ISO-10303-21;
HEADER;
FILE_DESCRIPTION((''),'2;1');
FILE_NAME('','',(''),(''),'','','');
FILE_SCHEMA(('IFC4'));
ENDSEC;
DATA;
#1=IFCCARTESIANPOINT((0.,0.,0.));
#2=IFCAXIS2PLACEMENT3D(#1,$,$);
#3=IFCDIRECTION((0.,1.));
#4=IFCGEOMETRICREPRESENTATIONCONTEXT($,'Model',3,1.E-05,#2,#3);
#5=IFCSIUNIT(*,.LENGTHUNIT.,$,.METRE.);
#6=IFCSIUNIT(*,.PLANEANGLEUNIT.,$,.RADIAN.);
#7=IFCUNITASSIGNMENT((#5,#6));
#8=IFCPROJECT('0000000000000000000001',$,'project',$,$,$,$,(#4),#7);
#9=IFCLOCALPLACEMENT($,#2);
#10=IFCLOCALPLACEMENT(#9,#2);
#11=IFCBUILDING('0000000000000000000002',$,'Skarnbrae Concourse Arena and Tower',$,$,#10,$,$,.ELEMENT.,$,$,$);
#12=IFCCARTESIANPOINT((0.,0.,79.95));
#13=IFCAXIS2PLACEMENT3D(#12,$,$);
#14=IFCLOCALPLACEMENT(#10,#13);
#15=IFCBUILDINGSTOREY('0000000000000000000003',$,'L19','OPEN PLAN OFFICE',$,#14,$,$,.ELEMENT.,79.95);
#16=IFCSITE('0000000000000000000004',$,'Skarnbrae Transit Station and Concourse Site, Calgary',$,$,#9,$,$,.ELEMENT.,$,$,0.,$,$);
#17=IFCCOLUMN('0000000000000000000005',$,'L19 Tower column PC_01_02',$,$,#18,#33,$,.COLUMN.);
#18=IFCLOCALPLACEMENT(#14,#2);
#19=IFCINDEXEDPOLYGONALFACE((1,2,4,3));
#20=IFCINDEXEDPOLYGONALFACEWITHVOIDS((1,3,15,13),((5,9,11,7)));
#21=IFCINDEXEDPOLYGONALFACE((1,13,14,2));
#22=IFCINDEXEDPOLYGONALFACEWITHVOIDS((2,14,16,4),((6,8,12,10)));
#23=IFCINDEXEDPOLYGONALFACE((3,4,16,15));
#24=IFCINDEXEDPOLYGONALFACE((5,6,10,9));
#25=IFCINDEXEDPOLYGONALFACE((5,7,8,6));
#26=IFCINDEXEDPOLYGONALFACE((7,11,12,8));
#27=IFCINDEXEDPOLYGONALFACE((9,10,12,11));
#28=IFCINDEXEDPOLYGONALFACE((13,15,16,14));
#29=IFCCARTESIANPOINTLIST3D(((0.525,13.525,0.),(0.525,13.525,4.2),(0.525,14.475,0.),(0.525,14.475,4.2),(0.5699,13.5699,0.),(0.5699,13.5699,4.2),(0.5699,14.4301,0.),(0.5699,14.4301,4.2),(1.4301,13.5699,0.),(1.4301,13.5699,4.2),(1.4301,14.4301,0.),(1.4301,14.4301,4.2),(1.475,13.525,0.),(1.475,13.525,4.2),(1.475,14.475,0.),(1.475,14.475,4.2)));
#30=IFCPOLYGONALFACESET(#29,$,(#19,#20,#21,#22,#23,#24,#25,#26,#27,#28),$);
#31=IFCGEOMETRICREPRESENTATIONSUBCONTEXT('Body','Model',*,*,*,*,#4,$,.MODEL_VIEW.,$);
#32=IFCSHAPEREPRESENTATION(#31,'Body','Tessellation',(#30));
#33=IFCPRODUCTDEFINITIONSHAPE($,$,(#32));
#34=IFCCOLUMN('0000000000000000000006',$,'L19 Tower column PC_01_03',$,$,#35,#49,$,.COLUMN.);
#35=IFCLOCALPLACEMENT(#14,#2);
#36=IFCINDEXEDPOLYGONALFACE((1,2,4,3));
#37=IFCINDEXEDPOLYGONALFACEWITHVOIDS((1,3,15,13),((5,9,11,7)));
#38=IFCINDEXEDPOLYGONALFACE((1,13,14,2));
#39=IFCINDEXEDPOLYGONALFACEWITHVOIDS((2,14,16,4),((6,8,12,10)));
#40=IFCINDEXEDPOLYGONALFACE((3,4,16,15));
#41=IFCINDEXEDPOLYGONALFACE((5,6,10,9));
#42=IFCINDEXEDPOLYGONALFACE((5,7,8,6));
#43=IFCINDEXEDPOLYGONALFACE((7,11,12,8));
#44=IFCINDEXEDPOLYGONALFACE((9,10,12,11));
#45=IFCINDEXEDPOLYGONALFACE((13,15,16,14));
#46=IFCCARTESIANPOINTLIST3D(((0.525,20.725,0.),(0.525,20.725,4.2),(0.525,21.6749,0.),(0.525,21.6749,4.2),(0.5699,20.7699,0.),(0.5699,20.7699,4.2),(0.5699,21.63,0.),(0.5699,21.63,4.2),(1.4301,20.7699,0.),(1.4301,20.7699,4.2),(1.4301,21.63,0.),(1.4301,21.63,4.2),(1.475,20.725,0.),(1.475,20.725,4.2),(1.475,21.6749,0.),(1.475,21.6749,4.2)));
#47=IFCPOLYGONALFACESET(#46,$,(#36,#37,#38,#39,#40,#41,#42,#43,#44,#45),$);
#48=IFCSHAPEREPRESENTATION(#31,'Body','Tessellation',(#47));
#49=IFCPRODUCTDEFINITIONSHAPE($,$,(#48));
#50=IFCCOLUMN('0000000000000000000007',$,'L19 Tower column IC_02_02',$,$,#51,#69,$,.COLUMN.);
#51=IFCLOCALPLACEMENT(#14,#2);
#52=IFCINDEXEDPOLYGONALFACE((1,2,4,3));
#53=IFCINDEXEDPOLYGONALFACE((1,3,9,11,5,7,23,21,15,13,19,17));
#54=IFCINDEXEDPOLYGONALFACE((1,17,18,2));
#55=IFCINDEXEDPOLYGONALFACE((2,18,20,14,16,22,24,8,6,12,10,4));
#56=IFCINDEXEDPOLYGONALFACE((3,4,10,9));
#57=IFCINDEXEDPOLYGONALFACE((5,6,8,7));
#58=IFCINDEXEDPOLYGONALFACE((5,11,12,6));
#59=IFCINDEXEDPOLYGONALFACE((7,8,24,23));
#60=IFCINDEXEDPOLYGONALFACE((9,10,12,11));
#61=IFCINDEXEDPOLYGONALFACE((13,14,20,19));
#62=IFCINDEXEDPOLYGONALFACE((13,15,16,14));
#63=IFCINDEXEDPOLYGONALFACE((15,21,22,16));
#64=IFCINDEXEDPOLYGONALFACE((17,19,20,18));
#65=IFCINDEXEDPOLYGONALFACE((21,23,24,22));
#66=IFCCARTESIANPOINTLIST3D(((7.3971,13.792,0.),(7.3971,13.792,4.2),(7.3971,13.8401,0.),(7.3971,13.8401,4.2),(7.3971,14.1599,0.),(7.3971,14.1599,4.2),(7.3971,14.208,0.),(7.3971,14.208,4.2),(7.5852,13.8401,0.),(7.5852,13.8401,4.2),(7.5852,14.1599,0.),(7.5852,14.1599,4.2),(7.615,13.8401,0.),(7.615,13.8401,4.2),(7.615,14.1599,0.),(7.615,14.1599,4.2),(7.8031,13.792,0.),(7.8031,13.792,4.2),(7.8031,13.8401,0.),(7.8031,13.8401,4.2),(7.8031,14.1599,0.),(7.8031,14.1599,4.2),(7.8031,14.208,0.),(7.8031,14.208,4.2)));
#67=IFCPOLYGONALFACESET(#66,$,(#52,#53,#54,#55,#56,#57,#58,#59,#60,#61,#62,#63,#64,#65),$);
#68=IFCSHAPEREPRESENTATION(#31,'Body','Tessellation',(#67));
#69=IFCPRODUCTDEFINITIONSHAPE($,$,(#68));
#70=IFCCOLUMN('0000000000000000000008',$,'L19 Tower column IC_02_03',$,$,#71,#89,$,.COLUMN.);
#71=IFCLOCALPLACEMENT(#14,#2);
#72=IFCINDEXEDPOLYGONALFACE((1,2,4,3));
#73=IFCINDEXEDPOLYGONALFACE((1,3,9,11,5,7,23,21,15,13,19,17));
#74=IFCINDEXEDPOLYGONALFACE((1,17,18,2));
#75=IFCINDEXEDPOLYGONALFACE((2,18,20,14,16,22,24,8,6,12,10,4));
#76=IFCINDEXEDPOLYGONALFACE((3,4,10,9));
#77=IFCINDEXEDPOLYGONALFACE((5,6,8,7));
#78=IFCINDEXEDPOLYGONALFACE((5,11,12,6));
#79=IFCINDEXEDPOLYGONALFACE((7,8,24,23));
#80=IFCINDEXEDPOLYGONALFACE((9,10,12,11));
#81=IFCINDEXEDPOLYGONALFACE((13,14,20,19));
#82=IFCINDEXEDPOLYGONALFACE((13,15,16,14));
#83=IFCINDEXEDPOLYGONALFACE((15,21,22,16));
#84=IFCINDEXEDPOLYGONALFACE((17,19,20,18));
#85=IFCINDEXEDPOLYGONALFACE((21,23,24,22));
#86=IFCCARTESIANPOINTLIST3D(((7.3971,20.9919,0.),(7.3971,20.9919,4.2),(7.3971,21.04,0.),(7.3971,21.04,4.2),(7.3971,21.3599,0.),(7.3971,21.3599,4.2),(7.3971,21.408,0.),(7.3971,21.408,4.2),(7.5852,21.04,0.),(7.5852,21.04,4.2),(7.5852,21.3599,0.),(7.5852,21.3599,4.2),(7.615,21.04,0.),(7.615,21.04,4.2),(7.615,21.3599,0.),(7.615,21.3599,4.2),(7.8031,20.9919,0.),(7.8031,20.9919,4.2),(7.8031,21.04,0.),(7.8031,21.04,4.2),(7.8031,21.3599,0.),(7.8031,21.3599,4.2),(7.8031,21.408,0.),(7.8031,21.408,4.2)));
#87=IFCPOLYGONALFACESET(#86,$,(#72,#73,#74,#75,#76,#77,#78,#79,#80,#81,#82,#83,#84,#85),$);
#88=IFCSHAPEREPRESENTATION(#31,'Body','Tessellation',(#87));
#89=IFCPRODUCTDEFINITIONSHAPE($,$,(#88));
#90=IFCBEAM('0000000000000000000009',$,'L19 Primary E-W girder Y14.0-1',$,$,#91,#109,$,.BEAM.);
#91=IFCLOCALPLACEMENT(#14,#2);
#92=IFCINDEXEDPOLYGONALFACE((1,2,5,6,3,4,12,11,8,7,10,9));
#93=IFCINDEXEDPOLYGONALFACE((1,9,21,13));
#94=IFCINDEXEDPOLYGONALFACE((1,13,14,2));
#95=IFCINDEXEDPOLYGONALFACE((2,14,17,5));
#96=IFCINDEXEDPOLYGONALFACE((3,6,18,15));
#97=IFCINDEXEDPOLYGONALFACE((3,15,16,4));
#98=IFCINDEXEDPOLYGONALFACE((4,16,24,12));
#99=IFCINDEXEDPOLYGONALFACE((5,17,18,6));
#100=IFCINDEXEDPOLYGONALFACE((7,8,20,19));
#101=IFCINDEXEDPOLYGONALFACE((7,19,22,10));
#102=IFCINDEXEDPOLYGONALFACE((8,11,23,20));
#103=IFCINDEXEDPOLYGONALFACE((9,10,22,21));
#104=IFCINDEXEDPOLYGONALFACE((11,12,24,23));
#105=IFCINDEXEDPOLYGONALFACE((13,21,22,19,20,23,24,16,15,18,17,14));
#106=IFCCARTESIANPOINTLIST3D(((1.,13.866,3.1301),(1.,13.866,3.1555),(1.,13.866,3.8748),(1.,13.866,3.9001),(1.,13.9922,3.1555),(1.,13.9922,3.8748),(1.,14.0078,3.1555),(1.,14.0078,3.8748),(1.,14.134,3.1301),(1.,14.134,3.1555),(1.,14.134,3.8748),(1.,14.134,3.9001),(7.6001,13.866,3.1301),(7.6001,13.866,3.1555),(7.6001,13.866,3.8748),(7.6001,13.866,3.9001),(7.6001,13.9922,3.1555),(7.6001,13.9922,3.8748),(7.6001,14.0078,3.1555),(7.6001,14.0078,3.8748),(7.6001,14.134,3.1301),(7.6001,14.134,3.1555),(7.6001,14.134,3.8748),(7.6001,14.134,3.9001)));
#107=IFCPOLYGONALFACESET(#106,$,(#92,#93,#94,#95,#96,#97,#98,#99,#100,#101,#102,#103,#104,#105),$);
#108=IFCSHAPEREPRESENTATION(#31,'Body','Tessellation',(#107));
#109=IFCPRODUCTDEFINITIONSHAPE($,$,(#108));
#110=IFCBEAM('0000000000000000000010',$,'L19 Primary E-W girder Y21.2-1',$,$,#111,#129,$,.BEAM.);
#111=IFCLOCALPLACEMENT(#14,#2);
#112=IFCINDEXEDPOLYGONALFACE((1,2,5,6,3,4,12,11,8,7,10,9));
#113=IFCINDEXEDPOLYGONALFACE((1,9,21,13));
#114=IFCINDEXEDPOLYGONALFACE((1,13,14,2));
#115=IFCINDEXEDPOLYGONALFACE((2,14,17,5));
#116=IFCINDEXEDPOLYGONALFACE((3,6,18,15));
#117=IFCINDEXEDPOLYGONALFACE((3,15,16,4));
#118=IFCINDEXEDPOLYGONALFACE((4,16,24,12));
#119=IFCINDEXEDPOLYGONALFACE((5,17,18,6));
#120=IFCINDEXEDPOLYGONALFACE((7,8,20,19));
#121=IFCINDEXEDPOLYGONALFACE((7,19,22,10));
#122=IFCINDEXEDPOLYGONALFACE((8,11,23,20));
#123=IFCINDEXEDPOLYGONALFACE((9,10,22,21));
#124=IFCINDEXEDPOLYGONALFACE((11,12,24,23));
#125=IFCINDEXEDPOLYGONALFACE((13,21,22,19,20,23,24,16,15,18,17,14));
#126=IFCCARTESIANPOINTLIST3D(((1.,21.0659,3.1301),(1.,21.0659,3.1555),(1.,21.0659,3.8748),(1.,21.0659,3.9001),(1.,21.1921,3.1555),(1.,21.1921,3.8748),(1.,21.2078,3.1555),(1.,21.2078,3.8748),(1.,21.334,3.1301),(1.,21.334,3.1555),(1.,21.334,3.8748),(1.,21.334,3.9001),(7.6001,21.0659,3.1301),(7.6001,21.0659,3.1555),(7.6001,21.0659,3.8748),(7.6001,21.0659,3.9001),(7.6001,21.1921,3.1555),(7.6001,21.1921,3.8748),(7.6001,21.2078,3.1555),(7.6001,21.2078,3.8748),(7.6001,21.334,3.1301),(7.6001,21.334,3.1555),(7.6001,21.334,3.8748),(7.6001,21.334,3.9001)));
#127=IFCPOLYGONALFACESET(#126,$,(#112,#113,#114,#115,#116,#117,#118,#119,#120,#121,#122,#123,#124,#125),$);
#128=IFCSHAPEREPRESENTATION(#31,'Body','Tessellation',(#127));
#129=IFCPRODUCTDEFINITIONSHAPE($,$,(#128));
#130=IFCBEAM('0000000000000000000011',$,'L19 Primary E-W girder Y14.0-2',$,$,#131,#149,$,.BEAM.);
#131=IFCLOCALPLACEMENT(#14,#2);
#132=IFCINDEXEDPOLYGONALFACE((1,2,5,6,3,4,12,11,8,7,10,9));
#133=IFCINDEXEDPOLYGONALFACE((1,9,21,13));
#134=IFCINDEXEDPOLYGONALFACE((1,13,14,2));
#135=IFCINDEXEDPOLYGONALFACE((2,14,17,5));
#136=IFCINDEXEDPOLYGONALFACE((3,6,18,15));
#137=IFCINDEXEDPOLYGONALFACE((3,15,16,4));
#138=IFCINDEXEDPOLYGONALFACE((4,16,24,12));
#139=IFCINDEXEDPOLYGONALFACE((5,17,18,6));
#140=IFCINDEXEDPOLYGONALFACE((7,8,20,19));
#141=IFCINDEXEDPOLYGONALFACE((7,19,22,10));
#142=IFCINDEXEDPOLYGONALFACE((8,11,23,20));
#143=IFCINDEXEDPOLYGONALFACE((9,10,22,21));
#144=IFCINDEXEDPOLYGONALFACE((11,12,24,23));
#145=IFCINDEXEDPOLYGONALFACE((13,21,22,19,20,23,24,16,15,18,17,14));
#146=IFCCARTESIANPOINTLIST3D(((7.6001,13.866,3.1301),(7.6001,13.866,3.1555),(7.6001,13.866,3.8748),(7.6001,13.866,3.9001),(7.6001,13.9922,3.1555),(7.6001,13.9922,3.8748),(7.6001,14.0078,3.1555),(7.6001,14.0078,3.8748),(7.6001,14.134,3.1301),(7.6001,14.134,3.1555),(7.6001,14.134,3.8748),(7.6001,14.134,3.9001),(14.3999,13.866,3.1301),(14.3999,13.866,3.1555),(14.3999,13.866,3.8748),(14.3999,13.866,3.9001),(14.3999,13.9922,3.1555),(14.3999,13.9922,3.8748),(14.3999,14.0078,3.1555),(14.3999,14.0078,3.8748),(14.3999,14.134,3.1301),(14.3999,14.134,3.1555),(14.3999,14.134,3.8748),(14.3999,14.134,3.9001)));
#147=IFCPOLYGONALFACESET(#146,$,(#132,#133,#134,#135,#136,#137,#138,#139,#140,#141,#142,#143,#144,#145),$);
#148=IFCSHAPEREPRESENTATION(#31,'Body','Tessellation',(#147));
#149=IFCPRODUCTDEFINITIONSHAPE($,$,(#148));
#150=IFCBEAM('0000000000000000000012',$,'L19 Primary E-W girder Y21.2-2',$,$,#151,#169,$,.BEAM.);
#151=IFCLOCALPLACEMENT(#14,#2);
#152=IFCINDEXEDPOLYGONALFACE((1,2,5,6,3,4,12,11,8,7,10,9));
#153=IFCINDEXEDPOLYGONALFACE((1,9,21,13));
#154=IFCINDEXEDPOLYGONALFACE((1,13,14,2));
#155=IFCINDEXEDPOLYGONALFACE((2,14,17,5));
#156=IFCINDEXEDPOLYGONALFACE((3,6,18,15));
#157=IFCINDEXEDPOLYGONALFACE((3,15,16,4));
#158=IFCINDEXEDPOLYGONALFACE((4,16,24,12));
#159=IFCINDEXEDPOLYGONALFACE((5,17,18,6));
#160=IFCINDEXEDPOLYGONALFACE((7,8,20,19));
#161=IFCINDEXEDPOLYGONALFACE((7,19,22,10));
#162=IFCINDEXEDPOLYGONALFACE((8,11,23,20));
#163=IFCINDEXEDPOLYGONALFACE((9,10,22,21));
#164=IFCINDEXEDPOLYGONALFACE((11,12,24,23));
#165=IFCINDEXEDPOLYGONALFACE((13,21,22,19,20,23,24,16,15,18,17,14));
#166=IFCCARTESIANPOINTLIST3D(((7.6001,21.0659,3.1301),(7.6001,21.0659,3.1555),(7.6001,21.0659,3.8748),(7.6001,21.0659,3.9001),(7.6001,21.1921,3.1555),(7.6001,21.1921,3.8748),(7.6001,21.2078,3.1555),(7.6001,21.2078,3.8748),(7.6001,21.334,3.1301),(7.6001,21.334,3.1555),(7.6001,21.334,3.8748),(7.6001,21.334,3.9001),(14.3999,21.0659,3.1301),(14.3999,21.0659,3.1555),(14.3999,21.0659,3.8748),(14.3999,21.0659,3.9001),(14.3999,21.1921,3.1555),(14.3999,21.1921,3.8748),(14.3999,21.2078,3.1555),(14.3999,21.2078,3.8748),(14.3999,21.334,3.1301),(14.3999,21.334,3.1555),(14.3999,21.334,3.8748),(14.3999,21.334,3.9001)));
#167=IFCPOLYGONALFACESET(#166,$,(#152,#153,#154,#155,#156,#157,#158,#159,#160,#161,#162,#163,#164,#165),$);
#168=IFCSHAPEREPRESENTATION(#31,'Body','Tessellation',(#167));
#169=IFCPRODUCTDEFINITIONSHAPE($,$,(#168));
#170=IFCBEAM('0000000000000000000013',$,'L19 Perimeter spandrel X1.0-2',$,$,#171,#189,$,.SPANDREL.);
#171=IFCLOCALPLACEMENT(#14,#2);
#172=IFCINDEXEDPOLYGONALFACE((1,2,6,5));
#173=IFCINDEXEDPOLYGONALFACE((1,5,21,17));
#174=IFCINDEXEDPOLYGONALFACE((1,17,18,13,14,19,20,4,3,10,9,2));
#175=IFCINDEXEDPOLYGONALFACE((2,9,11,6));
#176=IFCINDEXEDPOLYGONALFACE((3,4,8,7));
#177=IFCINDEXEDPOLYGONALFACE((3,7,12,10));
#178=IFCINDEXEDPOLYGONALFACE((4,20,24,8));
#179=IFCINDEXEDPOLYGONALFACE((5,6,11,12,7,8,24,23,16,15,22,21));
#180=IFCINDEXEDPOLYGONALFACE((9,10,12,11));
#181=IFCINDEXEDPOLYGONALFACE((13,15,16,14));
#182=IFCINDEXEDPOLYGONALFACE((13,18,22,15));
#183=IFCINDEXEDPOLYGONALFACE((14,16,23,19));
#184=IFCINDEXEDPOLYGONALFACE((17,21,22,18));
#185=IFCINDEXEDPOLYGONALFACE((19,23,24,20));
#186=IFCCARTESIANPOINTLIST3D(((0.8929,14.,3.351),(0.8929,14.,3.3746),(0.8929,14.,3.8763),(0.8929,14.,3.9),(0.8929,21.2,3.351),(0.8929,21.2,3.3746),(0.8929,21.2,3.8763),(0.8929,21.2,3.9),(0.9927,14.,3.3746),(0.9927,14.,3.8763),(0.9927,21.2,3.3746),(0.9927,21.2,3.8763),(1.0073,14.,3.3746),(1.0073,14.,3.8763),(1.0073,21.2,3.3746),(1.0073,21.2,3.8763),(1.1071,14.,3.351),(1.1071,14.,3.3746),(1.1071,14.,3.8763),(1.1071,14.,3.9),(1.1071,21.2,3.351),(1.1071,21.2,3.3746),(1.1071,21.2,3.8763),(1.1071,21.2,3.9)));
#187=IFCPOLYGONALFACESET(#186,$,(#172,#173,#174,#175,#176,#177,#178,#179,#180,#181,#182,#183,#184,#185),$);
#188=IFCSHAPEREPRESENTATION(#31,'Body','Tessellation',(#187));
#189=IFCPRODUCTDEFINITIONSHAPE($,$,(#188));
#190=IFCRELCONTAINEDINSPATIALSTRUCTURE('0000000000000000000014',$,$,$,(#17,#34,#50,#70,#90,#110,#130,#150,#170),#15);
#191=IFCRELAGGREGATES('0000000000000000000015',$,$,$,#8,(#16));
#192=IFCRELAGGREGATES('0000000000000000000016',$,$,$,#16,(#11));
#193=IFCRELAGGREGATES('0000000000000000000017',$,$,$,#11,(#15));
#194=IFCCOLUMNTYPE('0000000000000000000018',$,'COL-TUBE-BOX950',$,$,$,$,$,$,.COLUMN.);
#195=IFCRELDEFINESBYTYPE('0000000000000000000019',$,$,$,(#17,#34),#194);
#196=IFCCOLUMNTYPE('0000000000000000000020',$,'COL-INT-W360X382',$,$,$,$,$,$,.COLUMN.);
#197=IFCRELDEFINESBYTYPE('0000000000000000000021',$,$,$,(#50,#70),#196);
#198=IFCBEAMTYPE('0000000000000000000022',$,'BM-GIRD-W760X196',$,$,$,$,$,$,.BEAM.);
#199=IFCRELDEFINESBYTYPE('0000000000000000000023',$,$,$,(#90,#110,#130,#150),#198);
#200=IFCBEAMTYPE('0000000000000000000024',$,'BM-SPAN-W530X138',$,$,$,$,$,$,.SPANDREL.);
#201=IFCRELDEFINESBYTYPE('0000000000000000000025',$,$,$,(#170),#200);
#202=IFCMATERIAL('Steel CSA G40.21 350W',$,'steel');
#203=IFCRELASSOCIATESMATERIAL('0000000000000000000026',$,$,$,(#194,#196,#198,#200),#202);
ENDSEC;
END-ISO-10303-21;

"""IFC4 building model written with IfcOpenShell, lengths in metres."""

from ifc_helpers import new_model, si_unit, direction, frame, origin, origin_2d, place, context, subcontext, project, spatial, hollow_rectangle, i_section, extrude, source, transform, mapped, material, material_profile, profile_set, type_object, element, save


model = new_model("IFC4")

# Units and contexts
model_context = context("Model", 3, precision=1e-05, world=origin(), true_north=direction((0.0, 1.0)))
body_context = subcontext(model_context, "Body", "Model", "MODEL_VIEW")
ifc_project = project(units=[si_unit("LENGTHUNIT", "METRE"), si_unit("PLANEANGLEUNIT", "RADIAN")], contexts=[model_context])

# Site, building, storey
site_placement = place(None, origin())
site = spatial("IfcSite", under=ifc_project, at=site_placement, Name="Skarnbrae Transit Station and Concourse Site, Calgary", CompositionType="ELEMENT", RefElevation=0.0)
building_placement = place(site_placement, origin())
building = spatial("IfcBuilding", under=site, at=building_placement, Name="Skarnbrae Concourse Arena and Tower", CompositionType="ELEMENT")
storey_placement = place(building_placement, frame((0.0, 0.0, 79.95)))
storey = spatial("IfcBuildingStorey", under=building, at=storey_placement, Name="L19", Description="OPEN PLAN OFFICE", CompositionType="ELEMENT", Elevation=79.95)

# Columns
ifc_material_1 = material(Name="Steel CSA G40.21 350W", Category="steel")
ifc_material_profile_1 = material_profile(ifc_material_1, hollow_rectangle(XDim=0.95, YDim=0.95, WallThickness=0.0449, at=origin_2d()), Name="BOX950X950X45")
ifc_profile_set_1 = profile_set([ifc_material_profile_1], Name="Steel CSA G40.21 350W")
column_type_1 = type_object("IfcColumnType", Name="COL-TUBE-BOX950", PredefinedType="COLUMN", material=ifc_profile_set_1)
shared_shape_1 = source(origin(), body_context, "Body", "SweptSolid", [
    extrude(hollow_rectangle(XDim=0.95, YDim=0.95, WallThickness=0.0449, at=origin_2d()), origin(), (0.0, 0.0, 1.0), 4.2),
])
for number, where, z_axis, x_axis, name in (
    (1, (1.0, 14.0, 0.0), (0.0, 0.0, 1.0), (1.0, 0.0, 0.0), "L19 Tower column PC_01_02"),
    (2, (1.0, 21.2, 0.0), (0.0, 0.0, 1.0), (1.0, 0.0, 0.0), "L19 Tower column PC_01_03"),
):
    element("IfcColumn", number, at=place(storey_placement, frame(where, z_axis=z_axis, x_axis=x_axis)), inside=storey, type_object=column_type_1, Name=name, PredefinedType="COLUMN", context=body_context, shape_type="MappedRepresentation", body=[
        mapped(shared_shape_1, transform((0.0, 0.0, 0.0))),
    ])
ifc_material_profile_2 = material_profile(ifc_material_1, i_section(OverallWidth=0.406, OverallDepth=0.416, WebThickness=0.0298, FlangeThickness=0.0481, at=origin_2d()), Name="W360X382")
ifc_profile_set_2 = profile_set([ifc_material_profile_2], Name="Steel CSA G40.21 350W")
column_type_2 = type_object("IfcColumnType", Name="COL-INT-W360X382", PredefinedType="COLUMN", material=ifc_profile_set_2)
shared_shape_2 = source(origin(), body_context, "Body", "SweptSolid", [
    extrude(i_section(OverallWidth=0.406, OverallDepth=0.416, WebThickness=0.0298, FlangeThickness=0.0481, at=origin_2d()), origin(), (0.0, 0.0, 1.0), 4.2),
])
for number, where, z_axis, x_axis, name in (
    (3, (7.6001, 14.0, 0.0), (0.0, 0.0, 1.0), (1.0, 0.0, 0.0), "L19 Tower column IC_02_02"),
    (4, (7.6001, 21.2, 0.0), (0.0, 0.0, 1.0), (1.0, 0.0, 0.0), "L19 Tower column IC_02_03"),
):
    element("IfcColumn", number, at=place(storey_placement, frame(where, z_axis=z_axis, x_axis=x_axis)), inside=storey, type_object=column_type_2, Name=name, PredefinedType="COLUMN", context=body_context, shape_type="MappedRepresentation", body=[
        mapped(shared_shape_2, transform((0.0, 0.0, 0.0))),
    ])

# Beams
ifc_material_profile_3 = material_profile(ifc_material_1, i_section(OverallWidth=0.2681, OverallDepth=0.77, WebThickness=0.0156, FlangeThickness=0.0254, at=origin_2d()), Name="W760X196")
ifc_profile_set_3 = profile_set([ifc_material_profile_3], Name="Steel CSA G40.21 350W")
beam_type_1 = type_object("IfcBeamType", Name="BM-GIRD-W760X196", PredefinedType="BEAM", material=ifc_profile_set_3)
shared_shape_3 = source(origin(), body_context, "Body", "SweptSolid", [
    extrude(i_section(OverallWidth=0.2681, OverallDepth=0.77, WebThickness=0.0156, FlangeThickness=0.0254, at=origin_2d()), origin(), (0.0, 0.0, 1.0), 6.6001),
])
for number, where, z_axis, x_axis, name in (
    (5, (1.0, 14.0, 3.5151), (1.0, 0.0, 0.0), (0.0, 1.0, 0.0), "L19 Primary E-W girder Y14.0-1"),
    (6, (1.0, 21.2, 3.5151), (1.0, 0.0, 0.0), (0.0, 1.0, 0.0), "L19 Primary E-W girder Y21.2-1"),
):
    element("IfcBeam", number, at=place(storey_placement, frame(where, z_axis=z_axis, x_axis=x_axis)), inside=storey, type_object=beam_type_1, Name=name, PredefinedType="BEAM", context=body_context, shape_type="MappedRepresentation", body=[
        mapped(shared_shape_3, transform((0.0, 0.0, 0.0))),
    ])
shared_shape_4 = source(origin(), body_context, "Body", "SweptSolid", [
    extrude(i_section(OverallWidth=0.2681, OverallDepth=0.77, WebThickness=0.0156, FlangeThickness=0.0254, at=origin_2d()), origin(), (0.0, 0.0, 1.0), 6.7998),
])
for number, where, z_axis, x_axis, name in (
    (7, (7.6001, 14.0, 3.5151), (1.0, 0.0, 0.0), (0.0, 1.0, 0.0), "L19 Primary E-W girder Y14.0-2"),
    (8, (7.6001, 21.2, 3.5151), (1.0, 0.0, 0.0), (0.0, 1.0, 0.0), "L19 Primary E-W girder Y21.2-2"),
):
    element("IfcBeam", number, at=place(storey_placement, frame(where, z_axis=z_axis, x_axis=x_axis)), inside=storey, type_object=beam_type_1, Name=name, PredefinedType="BEAM", context=body_context, shape_type="MappedRepresentation", body=[
        mapped(shared_shape_4, transform((0.0, 0.0, 0.0))),
    ])
ifc_material_profile_4 = material_profile(ifc_material_1, i_section(OverallWidth=0.2141, OverallDepth=0.5491, WebThickness=0.0146, FlangeThickness=0.0237, at=origin_2d()), Name="W530X138")
ifc_profile_set_4 = profile_set([ifc_material_profile_4], Name="Steel CSA G40.21 350W")
beam_type_2 = type_object("IfcBeamType", Name="BM-SPAN-W530X138", PredefinedType="SPANDREL", material=ifc_profile_set_4)
shared_shape_5 = source(origin(), body_context, "Body", "SweptSolid", [
    extrude(i_section(OverallWidth=0.2141, OverallDepth=0.5491, WebThickness=0.0146, FlangeThickness=0.0237, at=origin_2d()), origin(), (0.0, 0.0, 1.0), 7.2),
])
beam_1_placement = place(storey_placement, frame((1.0, 14.0, 3.6255), z_axis=(0.0, 1.0, 0.0), x_axis=(-1.0, 0.0, 0.0)))
element("IfcBeam", 9, at=beam_1_placement, inside=storey, type_object=beam_type_2, Name="L19 Perimeter spandrel X1.0-2", PredefinedType="SPANDREL", context=body_context, shape_type="MappedRepresentation", body=[
    mapped(shared_shape_5, transform((0.0, 0.0, 0.0))),
])

save(model, "model.ifc")
